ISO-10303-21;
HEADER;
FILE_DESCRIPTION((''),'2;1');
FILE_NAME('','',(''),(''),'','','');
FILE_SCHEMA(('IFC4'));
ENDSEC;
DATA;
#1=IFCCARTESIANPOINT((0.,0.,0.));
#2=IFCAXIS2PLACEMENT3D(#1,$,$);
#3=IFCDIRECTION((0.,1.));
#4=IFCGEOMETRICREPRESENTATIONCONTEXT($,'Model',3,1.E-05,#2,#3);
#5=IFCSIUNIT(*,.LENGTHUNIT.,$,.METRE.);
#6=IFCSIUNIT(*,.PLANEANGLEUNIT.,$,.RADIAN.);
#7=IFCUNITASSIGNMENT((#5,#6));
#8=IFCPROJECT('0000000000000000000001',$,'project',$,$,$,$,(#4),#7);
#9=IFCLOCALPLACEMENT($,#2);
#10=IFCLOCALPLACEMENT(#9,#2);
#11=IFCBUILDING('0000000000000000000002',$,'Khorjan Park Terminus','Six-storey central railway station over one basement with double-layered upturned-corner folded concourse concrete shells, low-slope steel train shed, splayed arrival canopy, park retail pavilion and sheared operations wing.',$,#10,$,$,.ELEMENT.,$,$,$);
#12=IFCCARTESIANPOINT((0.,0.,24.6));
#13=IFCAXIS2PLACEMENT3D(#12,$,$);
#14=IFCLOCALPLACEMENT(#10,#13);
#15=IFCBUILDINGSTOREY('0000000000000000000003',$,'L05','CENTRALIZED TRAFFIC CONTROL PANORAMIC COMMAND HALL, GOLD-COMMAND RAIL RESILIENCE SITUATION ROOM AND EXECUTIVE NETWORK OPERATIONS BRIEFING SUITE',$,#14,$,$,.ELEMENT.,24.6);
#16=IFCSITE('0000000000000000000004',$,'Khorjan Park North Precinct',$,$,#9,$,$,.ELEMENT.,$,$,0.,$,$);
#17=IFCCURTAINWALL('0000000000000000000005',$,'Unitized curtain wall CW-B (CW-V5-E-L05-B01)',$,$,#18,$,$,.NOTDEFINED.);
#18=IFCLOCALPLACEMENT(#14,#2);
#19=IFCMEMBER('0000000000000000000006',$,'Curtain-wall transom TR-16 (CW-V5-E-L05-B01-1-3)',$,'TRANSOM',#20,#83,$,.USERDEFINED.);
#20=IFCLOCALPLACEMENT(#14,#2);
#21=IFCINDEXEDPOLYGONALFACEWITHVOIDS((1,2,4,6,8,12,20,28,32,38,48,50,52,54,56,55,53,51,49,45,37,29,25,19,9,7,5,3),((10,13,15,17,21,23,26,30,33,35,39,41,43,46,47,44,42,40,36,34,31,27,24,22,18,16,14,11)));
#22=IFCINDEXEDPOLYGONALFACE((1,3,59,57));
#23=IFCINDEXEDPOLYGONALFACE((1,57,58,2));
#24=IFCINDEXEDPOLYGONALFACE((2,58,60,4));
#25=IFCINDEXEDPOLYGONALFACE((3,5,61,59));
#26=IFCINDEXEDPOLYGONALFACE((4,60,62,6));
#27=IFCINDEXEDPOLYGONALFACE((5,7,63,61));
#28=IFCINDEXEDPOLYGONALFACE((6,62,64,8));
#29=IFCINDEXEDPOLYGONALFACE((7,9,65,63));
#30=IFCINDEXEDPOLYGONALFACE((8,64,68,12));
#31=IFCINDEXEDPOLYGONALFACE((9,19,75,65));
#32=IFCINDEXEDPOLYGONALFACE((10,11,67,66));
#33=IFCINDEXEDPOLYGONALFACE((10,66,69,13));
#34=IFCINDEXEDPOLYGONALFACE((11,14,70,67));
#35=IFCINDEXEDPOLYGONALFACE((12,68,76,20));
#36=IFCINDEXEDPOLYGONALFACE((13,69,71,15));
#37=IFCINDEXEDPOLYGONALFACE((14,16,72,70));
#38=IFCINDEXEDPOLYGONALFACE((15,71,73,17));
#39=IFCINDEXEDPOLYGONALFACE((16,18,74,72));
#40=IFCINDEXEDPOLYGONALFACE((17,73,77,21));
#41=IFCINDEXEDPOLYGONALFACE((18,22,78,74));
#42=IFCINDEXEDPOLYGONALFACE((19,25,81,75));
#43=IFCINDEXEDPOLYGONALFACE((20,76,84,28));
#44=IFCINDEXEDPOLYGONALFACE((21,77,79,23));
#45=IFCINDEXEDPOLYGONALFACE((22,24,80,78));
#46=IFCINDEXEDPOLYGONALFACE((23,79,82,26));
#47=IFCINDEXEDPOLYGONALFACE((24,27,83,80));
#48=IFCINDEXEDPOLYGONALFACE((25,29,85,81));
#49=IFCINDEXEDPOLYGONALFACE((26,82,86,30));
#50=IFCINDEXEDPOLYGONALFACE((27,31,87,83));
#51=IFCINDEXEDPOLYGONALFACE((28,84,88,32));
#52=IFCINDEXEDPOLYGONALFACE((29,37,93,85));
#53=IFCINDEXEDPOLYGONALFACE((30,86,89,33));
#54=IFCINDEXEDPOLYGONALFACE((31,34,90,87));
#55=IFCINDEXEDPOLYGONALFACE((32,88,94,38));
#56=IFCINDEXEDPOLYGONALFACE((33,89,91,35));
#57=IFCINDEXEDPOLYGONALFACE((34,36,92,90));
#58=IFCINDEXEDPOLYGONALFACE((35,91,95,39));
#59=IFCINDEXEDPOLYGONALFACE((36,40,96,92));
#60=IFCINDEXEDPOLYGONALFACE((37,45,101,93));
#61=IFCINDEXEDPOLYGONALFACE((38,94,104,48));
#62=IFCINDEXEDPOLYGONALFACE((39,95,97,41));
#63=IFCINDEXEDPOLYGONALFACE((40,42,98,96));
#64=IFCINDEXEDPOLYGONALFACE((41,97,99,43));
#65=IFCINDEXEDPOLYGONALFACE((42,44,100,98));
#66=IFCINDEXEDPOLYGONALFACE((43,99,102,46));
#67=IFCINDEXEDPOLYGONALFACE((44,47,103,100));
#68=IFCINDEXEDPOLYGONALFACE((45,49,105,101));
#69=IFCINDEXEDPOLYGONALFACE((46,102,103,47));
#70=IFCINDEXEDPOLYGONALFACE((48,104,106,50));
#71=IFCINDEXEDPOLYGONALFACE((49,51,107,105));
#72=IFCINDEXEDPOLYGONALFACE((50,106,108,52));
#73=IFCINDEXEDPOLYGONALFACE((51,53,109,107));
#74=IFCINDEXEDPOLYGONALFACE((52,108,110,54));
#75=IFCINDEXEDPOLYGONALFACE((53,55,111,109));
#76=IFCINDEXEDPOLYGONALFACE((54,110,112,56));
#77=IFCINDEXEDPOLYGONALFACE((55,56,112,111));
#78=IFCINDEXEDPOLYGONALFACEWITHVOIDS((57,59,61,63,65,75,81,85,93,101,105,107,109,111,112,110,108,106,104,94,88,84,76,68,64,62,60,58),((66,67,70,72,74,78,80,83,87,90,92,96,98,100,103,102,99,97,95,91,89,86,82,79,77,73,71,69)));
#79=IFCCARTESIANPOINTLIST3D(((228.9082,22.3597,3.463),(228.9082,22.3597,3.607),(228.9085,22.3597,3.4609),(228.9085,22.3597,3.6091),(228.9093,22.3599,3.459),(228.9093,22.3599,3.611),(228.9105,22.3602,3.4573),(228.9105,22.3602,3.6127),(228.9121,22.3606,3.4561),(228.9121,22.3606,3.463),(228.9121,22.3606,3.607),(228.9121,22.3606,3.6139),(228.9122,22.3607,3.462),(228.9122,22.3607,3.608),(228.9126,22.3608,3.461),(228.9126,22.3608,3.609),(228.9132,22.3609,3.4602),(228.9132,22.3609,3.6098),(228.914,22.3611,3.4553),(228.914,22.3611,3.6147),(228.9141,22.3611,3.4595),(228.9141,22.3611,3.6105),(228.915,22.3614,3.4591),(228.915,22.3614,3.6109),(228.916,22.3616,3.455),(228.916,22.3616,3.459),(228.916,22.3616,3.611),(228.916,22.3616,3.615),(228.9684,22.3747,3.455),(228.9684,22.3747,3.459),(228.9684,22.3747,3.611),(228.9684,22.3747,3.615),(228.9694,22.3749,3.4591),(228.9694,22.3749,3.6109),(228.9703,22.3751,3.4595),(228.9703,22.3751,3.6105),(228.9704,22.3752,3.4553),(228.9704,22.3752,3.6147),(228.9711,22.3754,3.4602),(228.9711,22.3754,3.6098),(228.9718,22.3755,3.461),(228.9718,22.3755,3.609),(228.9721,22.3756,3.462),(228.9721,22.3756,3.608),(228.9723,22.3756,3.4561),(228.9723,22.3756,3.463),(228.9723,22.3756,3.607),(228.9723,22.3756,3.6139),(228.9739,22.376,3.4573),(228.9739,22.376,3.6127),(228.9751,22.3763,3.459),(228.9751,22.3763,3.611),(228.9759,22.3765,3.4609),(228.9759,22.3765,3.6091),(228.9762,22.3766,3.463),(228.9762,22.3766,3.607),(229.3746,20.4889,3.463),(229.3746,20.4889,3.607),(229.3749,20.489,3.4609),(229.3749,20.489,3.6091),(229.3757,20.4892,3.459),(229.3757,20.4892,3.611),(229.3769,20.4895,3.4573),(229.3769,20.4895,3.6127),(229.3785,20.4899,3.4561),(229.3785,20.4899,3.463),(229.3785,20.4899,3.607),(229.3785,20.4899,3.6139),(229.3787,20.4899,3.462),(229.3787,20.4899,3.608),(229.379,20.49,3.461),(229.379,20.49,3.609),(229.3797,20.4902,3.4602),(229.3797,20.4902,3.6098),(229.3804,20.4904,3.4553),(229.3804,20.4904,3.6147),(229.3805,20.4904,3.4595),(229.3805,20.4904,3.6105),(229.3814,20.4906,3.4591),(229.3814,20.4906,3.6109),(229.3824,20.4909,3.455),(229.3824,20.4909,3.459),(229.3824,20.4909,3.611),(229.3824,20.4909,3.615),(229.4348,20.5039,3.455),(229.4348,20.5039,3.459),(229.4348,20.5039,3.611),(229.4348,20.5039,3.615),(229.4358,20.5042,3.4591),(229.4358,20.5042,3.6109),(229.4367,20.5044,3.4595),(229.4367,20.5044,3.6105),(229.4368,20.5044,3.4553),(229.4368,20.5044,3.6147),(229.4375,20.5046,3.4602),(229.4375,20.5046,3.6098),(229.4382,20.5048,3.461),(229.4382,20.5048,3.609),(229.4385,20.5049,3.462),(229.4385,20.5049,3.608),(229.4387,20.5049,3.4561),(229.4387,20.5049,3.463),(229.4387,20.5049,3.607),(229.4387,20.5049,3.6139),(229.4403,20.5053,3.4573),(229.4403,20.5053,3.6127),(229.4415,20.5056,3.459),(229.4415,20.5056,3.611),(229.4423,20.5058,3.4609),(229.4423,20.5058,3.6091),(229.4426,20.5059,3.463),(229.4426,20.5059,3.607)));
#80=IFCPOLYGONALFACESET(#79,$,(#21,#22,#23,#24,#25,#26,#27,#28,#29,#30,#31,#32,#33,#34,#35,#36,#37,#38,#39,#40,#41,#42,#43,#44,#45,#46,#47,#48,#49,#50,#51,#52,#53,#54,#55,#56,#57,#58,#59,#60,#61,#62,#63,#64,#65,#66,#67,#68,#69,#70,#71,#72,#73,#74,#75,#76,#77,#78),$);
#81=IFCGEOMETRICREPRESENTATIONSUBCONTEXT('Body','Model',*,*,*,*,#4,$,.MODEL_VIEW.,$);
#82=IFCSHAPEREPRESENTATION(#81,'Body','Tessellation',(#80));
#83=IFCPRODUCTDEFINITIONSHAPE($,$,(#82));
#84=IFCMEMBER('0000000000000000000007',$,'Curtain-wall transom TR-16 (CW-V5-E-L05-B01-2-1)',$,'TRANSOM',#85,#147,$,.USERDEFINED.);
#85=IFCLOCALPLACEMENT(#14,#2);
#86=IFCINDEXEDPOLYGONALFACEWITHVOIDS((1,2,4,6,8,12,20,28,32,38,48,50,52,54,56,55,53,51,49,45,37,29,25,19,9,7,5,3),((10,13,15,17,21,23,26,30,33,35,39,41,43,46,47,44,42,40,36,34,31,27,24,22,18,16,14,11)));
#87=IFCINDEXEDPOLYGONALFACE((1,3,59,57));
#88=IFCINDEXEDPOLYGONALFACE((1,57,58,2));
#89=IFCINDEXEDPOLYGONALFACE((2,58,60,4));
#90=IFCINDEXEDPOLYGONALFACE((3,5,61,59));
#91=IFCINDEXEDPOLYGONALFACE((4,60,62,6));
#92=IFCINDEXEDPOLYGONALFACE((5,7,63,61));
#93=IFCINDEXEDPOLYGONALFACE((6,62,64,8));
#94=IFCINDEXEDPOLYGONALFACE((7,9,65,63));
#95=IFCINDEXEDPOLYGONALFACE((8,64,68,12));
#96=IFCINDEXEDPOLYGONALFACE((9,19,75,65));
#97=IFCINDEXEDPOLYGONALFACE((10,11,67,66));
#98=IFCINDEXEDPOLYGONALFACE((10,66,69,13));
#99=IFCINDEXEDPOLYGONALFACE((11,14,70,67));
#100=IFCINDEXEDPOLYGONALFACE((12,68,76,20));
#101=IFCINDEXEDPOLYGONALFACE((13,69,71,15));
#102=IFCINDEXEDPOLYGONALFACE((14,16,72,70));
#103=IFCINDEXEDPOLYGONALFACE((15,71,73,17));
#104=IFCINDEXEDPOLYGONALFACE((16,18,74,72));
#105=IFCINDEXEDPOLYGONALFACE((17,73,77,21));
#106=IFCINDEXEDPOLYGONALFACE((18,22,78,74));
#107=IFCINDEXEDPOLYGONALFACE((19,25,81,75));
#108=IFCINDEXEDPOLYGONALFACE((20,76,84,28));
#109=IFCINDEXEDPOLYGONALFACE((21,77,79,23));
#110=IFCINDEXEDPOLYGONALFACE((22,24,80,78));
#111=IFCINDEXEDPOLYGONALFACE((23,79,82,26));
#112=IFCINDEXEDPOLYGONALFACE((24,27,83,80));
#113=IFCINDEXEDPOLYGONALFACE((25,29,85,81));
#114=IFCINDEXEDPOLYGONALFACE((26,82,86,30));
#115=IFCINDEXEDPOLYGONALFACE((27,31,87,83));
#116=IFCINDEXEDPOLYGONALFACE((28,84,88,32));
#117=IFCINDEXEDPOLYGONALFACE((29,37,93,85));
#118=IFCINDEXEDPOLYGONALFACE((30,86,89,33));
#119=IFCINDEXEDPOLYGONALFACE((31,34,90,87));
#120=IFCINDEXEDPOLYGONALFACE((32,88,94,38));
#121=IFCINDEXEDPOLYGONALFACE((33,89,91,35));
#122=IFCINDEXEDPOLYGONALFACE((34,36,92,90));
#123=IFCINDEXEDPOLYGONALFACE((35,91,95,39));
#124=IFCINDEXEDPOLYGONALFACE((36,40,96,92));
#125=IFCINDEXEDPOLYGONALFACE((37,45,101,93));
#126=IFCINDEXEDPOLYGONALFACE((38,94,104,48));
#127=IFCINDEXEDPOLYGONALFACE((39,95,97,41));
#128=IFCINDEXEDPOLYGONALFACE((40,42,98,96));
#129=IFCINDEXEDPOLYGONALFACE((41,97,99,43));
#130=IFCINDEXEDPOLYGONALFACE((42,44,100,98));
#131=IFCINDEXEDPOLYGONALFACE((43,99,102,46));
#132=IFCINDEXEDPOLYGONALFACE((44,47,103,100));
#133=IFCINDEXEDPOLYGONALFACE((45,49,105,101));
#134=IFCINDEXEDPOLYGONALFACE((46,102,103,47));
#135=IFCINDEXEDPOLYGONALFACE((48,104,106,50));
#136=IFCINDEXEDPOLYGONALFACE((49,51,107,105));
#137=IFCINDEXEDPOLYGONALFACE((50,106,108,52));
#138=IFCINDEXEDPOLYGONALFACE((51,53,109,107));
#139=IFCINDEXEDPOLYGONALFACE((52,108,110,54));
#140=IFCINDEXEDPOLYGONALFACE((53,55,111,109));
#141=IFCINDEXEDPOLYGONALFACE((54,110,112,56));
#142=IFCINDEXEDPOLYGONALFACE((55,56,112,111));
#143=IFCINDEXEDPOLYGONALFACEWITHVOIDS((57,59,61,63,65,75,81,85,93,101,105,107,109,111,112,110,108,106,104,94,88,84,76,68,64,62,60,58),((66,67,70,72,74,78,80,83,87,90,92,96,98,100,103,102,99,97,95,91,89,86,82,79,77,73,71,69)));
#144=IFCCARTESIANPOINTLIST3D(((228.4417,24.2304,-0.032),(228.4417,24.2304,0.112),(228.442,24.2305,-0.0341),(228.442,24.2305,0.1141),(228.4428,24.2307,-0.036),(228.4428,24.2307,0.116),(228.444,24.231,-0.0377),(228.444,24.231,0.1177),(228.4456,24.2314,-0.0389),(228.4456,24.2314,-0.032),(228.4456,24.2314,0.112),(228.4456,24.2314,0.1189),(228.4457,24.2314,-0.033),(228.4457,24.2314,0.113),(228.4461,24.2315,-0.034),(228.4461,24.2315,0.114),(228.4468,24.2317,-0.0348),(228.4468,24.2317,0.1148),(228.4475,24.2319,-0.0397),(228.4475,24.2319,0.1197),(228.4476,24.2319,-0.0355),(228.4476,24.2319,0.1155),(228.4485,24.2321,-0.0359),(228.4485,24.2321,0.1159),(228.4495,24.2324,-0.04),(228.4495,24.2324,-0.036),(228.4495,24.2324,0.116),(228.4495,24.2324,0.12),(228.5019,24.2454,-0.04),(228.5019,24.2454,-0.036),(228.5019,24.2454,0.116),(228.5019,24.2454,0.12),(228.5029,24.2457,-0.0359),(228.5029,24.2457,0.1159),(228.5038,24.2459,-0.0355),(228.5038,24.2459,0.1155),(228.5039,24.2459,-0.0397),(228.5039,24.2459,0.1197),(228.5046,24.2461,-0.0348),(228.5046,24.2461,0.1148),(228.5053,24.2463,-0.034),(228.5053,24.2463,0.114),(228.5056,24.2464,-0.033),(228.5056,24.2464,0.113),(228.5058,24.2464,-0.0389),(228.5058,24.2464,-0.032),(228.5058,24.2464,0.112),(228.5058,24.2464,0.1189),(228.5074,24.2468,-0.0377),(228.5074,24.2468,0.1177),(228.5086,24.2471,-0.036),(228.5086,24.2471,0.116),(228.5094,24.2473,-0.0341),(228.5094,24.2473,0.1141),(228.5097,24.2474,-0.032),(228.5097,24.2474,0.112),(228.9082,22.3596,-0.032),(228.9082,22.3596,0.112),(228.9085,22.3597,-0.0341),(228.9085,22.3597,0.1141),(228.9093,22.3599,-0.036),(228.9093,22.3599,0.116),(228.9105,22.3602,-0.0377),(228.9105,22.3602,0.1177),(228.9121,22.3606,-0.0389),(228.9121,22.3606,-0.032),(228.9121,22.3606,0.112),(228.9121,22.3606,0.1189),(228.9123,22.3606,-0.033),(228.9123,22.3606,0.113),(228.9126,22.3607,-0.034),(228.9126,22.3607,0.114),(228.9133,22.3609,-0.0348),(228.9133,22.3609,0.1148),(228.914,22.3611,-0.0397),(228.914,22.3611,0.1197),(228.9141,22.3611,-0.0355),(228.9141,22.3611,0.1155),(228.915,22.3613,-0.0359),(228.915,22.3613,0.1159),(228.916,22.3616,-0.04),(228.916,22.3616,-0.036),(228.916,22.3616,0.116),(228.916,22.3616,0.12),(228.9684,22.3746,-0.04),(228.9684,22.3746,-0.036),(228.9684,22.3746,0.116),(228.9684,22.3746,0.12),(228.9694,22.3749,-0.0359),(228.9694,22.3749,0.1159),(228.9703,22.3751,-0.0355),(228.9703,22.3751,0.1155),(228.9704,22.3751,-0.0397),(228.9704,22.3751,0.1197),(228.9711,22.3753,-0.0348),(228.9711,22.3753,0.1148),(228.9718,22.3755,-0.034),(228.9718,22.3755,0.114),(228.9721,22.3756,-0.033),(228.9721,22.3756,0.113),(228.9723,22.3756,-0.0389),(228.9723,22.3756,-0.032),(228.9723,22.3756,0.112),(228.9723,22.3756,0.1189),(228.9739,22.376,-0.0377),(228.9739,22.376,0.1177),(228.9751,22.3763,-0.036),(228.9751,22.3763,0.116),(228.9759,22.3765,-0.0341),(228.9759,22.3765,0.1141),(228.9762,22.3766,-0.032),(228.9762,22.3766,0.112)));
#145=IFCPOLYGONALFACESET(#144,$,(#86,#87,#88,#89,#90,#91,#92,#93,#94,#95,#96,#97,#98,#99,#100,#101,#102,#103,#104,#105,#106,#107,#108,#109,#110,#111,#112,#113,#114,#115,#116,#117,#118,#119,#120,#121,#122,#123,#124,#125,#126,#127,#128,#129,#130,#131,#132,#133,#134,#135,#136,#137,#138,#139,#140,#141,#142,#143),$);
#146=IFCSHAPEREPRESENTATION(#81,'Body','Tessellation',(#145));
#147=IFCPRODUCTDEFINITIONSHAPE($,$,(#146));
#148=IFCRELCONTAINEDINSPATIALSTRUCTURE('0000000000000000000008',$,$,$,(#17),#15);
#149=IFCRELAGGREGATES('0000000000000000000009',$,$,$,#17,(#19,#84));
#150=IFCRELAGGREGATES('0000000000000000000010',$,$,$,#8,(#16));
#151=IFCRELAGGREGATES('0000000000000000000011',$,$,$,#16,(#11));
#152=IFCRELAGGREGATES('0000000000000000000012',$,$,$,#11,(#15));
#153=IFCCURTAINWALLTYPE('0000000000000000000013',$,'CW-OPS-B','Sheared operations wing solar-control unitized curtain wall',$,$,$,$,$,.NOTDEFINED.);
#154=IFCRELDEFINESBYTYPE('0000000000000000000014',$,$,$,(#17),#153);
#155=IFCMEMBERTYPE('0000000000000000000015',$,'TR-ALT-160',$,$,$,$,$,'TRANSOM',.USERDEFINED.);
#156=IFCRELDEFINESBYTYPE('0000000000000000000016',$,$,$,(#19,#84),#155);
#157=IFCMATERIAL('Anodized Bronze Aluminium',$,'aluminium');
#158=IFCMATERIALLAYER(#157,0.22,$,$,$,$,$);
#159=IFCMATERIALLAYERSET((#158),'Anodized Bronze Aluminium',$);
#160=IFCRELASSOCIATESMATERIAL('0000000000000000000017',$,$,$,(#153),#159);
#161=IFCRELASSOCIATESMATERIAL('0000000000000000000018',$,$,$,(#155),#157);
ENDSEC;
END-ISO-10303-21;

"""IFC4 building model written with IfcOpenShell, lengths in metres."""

from ifc_helpers import new_model, si_unit, direction, frame, origin, origin_2d, place, context, subcontext, project, spatial, hollow_rectangle, extrude, material, layer, layer_set, material_profile, profile_set, type_object, element, aggregate, save


model = new_model("IFC4")

# Units and contexts
model_context = context("Model", 3, precision=1e-05, world=origin(), true_north=direction((0.0, 1.0)))
body_context = subcontext(model_context, "Body", "Model", "MODEL_VIEW")
ifc_project = project(units=[si_unit("LENGTHUNIT", "METRE"), si_unit("PLANEANGLEUNIT", "RADIAN")], contexts=[model_context])

# Site, building, storey
site_placement = place(None, origin())
site = spatial("IfcSite", under=ifc_project, at=site_placement, Name="Khorjan Park North Precinct", CompositionType="ELEMENT", RefElevation=0.0)
building_placement = place(site_placement, origin())
building = spatial("IfcBuilding", under=site, at=building_placement, Name="Khorjan Park Terminus", Description="Six-storey central railway station over one basement with double-layered upturned-corner folded concourse concrete shells, low-slope steel train shed, splayed arrival canopy, park retail pavilion and sheared operations wing.", CompositionType="ELEMENT")
storey_placement = place(building_placement, frame((0.0, 0.0, 24.6)))
storey = spatial("IfcBuildingStorey", under=building, at=storey_placement, Name="L05", Description="CENTRALIZED TRAFFIC CONTROL PANORAMIC COMMAND HALL, GOLD-COMMAND RAIL RESILIENCE SITUATION ROOM AND EXECUTIVE NETWORK OPERATIONS BRIEFING SUITE", CompositionType="ELEMENT", Elevation=24.6)

# Curtain wall, members
ifc_material_1 = material(Name="Anodized Bronze Aluminium", Category="aluminium")
ifc_layer_1 = layer(ifc_material_1, 0.22)
ifc_layer_set_1 = layer_set([ifc_layer_1], Name="Anodized Bronze Aluminium")
curtain_wall_type = type_object("IfcCurtainWallType", Name="CW-OPS-B", Description="Sheared operations wing solar-control unitized curtain wall", PredefinedType="NOTDEFINED", material=ifc_layer_set_1)
curtain_wall_placement = place(storey_placement, origin())
curtain_wall = element("IfcCurtainWall", 1, at=curtain_wall_placement, inside=storey, type_object=curtain_wall_type, Name="Unitized curtain wall CW-B (CW-V5-E-L05-B01)", PredefinedType="NOTDEFINED")
ifc_material_profile_1 = material_profile(ifc_material_1, hollow_rectangle(XDim=0.07, YDim=0.16, WallThickness=0.004, InnerFilletRadius=0.004, OuterFilletRadius=0.008, at=origin_2d()), Name="ALT 70x160x4")
ifc_profile_set_1 = profile_set([ifc_material_profile_1], Name="Anodized Bronze Aluminium")
member_type_1 = type_object("IfcMemberType", Name="TR-ALT-160", ElementType="TRANSOM", PredefinedType="USERDEFINED", material=ifc_profile_set_1)
member_1_placement = place(storey_placement, frame((229.4086, 20.4974, 3.535), z_axis=(-0.241913, 0.970298, 0.0), x_axis=(-0.970298, -0.241913, 0.0)))
member_1 = element("IfcMember", 2, at=member_1_placement, type_object=member_type_1, Name="Curtain-wall transom TR-16 (CW-V5-E-L05-B01-1-3)", ObjectType="TRANSOM", PredefinedType="USERDEFINED", context=body_context, shape_type="SweptSolid", body=[
    extrude(hollow_rectangle(XDim=0.07, YDim=0.16, WallThickness=0.004, InnerFilletRadius=0.004, OuterFilletRadius=0.008, at=origin_2d()), origin(), (0.0, 0.0, 1.0), 1.928),
])
member_2_placement = place(storey_placement, frame((228.9422, 22.3681, 0.04), z_axis=(-0.24195, 0.970289, 0.0), x_axis=(-0.970289, -0.24195, 0.0)))
member_2 = element("IfcMember", 3, at=member_2_placement, type_object=member_type_1, Name="Curtain-wall transom TR-16 (CW-V5-E-L05-B01-2-1)", ObjectType="TRANSOM", PredefinedType="USERDEFINED", context=body_context, shape_type="SweptSolid", body=[
    extrude(hollow_rectangle(XDim=0.07, YDim=0.16, WallThickness=0.004, InnerFilletRadius=0.004, OuterFilletRadius=0.008, at=origin_2d()), origin(), (0.0, 0.0, 1.0), 1.9281),
])
aggregate(curtain_wall, [member_1, member_2])

save(model, "model.ifc")
